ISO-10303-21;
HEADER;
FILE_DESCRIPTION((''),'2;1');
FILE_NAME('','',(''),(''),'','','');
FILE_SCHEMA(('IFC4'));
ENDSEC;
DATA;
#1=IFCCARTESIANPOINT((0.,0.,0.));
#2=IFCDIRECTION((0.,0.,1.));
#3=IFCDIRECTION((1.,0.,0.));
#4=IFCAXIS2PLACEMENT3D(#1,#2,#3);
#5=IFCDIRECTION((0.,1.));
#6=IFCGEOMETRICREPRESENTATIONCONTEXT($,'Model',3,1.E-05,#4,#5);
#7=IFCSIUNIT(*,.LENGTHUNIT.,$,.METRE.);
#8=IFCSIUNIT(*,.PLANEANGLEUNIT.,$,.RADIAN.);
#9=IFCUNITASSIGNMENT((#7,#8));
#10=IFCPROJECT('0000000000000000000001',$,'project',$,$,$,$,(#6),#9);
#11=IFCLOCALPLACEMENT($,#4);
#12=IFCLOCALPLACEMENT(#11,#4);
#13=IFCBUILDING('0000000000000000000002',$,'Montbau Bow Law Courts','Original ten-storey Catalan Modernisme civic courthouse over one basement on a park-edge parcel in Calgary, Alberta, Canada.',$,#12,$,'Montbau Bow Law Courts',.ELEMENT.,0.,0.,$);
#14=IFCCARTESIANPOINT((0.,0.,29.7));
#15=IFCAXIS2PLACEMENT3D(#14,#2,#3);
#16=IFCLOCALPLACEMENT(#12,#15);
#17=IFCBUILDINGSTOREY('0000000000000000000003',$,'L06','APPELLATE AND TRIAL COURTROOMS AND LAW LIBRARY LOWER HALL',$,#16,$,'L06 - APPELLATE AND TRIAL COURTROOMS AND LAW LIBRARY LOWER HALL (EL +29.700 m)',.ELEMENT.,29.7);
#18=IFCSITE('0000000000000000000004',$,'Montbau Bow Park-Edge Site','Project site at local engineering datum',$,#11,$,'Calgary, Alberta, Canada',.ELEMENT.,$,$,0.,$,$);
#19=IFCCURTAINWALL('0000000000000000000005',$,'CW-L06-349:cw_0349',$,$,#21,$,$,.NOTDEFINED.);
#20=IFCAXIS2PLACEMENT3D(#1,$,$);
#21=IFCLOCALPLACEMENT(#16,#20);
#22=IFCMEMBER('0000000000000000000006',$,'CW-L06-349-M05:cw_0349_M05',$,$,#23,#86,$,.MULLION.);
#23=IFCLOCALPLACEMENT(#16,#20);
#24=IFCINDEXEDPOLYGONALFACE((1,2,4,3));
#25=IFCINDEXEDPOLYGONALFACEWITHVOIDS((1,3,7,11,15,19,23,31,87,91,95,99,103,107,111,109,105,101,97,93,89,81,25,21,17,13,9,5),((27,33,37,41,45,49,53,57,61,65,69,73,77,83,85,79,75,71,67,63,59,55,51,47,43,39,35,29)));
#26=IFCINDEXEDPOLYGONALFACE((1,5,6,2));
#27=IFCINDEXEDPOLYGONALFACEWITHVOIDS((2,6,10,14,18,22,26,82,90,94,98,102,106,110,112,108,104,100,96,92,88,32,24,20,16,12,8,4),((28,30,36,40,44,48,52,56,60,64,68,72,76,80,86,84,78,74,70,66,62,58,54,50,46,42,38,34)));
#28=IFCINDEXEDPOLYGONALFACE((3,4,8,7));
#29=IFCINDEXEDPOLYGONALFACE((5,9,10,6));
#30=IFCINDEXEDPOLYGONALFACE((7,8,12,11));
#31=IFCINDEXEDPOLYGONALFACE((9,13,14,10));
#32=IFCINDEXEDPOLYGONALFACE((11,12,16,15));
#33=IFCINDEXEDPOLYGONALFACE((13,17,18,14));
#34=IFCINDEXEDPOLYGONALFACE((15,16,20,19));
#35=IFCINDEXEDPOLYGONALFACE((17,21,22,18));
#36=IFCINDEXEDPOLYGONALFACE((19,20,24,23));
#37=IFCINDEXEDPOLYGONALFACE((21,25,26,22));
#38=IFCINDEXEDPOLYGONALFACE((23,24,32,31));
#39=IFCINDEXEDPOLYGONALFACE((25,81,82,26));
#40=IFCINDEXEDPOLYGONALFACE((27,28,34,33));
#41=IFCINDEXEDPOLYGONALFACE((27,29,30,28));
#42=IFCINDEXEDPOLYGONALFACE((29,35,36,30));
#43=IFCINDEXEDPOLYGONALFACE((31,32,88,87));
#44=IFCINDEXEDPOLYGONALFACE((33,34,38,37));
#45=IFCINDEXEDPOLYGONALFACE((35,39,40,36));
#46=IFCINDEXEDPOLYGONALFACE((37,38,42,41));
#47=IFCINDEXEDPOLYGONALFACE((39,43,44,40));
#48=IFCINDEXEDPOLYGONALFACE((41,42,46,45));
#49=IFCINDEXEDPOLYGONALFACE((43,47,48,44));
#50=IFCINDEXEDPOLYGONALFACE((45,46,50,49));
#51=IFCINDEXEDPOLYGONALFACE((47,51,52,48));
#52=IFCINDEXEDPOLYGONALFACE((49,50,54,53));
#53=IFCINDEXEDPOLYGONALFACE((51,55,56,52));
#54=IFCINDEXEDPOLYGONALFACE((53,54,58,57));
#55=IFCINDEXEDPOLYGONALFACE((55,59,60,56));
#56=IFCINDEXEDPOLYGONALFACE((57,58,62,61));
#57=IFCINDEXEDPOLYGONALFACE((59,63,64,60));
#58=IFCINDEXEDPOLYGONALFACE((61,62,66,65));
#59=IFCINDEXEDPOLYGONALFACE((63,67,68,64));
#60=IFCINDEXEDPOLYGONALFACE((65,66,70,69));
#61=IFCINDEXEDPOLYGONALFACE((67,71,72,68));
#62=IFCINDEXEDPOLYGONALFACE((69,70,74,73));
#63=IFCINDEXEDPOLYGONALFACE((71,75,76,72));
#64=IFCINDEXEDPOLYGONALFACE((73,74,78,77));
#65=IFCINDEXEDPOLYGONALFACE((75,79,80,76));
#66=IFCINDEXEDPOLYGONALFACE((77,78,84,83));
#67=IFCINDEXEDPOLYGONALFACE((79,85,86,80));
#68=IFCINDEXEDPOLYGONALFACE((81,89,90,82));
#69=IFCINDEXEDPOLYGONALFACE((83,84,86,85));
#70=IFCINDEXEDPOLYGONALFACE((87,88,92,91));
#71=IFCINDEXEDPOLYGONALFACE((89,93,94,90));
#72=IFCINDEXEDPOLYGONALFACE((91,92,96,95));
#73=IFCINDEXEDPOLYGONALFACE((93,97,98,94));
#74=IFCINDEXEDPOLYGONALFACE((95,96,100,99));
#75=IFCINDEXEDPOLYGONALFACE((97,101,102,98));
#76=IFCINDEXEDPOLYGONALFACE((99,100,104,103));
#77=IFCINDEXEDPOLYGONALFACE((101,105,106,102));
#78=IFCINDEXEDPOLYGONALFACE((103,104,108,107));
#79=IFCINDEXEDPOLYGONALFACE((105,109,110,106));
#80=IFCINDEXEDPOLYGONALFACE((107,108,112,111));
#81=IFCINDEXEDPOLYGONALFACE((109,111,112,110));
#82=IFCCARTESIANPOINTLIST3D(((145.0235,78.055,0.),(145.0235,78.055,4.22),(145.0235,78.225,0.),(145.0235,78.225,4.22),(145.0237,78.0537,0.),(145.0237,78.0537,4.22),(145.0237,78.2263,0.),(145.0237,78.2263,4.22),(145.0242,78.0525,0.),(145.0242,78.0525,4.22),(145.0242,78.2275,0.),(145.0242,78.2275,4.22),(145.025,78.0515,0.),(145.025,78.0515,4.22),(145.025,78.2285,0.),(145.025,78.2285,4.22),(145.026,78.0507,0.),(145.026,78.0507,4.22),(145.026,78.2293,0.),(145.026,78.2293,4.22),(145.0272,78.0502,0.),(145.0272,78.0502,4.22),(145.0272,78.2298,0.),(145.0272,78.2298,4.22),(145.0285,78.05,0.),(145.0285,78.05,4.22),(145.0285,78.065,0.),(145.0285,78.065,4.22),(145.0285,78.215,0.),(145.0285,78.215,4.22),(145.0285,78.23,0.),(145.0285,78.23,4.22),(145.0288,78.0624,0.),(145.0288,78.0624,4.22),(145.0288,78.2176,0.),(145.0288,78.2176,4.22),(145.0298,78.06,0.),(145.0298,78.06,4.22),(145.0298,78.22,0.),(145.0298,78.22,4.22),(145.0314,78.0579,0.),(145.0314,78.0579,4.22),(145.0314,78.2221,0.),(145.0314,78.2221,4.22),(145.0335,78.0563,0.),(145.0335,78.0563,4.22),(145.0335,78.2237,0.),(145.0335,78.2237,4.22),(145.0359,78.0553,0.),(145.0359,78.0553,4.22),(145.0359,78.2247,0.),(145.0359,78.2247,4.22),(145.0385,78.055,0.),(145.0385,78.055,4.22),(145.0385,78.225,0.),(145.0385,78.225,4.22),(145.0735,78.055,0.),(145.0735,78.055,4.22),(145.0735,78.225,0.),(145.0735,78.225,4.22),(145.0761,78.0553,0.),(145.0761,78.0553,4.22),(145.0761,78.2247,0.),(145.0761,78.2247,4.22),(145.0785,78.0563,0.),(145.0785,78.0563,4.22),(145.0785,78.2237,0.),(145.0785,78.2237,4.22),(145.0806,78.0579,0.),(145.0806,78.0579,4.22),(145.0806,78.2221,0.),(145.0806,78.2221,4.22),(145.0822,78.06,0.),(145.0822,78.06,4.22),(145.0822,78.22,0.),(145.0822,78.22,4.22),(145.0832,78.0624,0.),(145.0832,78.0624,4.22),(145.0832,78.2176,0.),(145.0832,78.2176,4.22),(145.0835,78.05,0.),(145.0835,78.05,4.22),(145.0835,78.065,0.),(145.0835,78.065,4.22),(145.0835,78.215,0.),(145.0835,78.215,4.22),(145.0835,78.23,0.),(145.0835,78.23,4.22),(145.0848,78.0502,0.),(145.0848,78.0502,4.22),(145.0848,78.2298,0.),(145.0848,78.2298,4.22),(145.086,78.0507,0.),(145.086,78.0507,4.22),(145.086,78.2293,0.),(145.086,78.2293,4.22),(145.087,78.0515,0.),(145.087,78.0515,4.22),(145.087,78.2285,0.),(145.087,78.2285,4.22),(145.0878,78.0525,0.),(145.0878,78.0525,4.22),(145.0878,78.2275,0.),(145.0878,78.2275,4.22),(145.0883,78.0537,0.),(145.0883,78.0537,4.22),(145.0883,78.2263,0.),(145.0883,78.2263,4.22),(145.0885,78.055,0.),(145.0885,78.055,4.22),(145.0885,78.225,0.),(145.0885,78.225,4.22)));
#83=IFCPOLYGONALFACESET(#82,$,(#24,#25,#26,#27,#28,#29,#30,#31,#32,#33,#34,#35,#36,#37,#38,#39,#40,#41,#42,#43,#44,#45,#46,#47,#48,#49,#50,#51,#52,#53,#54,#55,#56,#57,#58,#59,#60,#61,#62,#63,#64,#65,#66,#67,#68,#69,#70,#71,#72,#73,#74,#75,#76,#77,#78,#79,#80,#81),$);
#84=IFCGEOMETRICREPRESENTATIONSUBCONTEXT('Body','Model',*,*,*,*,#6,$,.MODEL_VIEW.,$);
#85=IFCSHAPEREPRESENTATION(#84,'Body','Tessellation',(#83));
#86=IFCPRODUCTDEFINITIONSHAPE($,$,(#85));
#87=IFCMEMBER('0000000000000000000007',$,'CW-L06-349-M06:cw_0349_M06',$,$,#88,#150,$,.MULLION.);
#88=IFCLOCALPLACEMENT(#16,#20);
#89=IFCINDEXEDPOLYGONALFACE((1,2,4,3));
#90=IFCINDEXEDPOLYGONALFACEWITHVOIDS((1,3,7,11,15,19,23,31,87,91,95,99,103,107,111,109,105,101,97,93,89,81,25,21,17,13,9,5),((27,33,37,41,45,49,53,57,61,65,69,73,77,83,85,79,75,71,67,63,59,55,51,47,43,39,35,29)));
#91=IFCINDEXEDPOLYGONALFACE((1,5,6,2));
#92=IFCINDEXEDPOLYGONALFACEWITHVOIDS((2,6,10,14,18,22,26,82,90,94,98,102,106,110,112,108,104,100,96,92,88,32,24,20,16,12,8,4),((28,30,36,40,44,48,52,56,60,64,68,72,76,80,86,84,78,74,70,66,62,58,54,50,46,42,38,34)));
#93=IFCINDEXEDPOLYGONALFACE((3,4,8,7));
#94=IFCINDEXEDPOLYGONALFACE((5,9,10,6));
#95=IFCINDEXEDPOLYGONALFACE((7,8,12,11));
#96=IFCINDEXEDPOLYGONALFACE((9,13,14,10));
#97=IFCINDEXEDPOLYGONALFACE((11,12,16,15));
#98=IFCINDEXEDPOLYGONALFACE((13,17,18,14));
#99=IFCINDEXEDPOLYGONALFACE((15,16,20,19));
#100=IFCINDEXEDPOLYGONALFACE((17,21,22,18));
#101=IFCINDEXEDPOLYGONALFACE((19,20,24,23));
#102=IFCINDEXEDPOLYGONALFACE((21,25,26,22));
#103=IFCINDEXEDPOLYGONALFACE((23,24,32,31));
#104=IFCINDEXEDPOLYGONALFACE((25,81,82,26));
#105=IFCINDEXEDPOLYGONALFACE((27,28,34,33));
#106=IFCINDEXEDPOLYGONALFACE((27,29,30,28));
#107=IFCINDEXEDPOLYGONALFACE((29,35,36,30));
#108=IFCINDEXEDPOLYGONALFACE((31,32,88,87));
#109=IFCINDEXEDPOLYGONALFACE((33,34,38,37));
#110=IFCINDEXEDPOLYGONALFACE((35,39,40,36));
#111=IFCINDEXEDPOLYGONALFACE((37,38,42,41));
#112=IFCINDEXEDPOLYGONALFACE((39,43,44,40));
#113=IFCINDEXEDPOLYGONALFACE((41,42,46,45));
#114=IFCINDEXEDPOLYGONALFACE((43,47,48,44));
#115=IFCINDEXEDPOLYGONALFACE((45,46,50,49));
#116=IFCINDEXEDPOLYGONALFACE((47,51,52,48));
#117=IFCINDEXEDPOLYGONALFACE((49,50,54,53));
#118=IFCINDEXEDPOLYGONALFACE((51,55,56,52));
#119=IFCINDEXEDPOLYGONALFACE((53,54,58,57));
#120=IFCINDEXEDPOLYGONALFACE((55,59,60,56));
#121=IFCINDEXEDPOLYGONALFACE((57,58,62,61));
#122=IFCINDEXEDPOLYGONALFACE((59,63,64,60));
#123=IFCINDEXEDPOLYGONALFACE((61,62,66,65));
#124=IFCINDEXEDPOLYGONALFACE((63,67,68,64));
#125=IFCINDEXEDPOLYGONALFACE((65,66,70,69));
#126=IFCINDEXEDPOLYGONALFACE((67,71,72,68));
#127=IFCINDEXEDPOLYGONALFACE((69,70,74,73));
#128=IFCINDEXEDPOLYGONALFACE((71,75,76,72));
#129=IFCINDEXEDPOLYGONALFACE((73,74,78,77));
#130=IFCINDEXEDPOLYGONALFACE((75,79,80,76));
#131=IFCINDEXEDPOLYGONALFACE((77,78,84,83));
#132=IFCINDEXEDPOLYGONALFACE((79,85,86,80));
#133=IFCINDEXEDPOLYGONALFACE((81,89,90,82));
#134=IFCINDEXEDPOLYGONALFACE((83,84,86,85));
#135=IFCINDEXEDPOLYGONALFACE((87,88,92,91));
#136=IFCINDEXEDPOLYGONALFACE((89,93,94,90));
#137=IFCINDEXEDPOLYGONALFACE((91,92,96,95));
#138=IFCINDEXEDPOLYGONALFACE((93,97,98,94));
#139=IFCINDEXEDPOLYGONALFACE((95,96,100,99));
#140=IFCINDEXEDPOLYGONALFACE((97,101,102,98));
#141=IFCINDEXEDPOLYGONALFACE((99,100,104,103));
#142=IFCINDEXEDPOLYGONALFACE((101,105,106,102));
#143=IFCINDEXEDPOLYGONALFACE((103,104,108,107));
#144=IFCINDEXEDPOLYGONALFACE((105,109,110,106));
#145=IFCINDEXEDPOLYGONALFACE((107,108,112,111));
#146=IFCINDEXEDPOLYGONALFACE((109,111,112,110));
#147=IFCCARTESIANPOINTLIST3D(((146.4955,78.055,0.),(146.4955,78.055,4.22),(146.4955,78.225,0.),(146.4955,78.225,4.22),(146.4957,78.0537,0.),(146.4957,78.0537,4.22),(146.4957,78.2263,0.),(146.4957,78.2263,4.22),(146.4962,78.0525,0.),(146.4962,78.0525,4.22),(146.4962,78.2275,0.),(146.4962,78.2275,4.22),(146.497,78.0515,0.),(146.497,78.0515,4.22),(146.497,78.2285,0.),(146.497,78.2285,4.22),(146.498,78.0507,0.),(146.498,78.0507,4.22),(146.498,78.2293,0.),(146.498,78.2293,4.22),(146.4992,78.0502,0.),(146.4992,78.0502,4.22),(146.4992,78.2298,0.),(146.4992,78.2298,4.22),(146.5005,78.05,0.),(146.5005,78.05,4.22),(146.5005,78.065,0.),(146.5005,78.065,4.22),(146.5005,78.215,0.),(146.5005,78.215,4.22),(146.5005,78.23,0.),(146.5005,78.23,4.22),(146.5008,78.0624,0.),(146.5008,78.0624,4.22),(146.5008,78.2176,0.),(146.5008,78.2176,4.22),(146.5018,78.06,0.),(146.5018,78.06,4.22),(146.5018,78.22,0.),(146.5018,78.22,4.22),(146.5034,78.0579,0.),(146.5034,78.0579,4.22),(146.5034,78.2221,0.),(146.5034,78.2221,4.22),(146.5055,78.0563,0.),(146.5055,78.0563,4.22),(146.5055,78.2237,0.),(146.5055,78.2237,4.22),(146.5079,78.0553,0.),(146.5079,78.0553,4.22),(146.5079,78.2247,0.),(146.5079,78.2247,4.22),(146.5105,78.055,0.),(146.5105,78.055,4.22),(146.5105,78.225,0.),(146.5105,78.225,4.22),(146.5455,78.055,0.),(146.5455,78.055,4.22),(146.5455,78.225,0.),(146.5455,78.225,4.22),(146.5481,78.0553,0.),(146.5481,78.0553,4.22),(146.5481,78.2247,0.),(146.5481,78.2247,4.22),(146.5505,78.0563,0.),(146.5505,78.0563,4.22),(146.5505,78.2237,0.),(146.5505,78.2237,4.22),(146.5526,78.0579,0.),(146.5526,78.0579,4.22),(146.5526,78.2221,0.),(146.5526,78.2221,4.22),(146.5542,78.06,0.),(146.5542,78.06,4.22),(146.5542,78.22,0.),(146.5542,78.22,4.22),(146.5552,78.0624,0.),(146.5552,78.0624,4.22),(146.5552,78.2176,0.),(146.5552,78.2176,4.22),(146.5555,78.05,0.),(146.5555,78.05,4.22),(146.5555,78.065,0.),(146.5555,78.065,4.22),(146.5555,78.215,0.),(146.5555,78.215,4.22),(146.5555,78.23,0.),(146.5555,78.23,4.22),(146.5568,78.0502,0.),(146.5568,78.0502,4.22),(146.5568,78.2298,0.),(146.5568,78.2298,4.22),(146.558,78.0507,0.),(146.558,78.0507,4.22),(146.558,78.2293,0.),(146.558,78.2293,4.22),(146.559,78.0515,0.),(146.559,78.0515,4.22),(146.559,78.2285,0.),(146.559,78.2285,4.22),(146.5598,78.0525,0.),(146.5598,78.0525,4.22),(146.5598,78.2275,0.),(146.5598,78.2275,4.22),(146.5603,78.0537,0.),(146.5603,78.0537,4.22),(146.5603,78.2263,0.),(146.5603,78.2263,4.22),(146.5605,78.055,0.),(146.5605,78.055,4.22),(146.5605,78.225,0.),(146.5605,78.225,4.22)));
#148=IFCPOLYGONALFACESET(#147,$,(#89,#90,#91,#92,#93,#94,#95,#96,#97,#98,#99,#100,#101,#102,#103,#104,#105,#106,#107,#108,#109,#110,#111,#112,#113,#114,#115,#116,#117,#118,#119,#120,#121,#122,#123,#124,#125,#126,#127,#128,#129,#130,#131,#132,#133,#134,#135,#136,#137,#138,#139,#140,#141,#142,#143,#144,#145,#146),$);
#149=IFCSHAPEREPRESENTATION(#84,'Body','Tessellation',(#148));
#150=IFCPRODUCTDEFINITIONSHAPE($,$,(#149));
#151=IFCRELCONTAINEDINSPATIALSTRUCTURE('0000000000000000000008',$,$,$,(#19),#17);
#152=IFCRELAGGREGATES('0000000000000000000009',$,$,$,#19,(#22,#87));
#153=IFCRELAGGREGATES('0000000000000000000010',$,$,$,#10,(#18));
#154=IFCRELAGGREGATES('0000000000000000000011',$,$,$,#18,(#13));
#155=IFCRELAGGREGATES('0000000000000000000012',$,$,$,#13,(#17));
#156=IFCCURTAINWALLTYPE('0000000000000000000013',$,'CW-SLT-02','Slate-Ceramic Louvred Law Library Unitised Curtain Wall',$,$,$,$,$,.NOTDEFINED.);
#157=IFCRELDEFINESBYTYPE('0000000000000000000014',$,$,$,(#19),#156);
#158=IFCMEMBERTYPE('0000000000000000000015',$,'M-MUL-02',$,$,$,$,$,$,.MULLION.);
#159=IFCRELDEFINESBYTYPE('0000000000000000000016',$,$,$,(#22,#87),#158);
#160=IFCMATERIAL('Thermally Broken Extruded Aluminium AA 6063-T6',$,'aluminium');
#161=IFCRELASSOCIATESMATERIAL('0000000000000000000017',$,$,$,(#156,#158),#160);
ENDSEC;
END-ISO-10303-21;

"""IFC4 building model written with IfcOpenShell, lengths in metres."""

from ifc_helpers import new_model, si_unit, direction, frame, origin_with_axes, origin_2d_with_axis, place, context, subcontext, project, spatial, hollow_rectangle, extrude, material, material_profile, profile_set, type_object, element, aggregate, save


model = new_model("IFC4")

# Units and contexts
model_context = context("Model", 3, precision=1e-05, world=origin_with_axes(), true_north=direction((0.0, 1.0)))
body_context = subcontext(model_context, "Body", "Model", "MODEL_VIEW")
ifc_project = project(units=[si_unit("LENGTHUNIT", "METRE"), si_unit("PLANEANGLEUNIT", "RADIAN")], contexts=[model_context])

# Site, building, storey
site_placement = place(None, origin_with_axes())
site = spatial("IfcSite", under=ifc_project, at=site_placement, Name="Montbau Bow Park-Edge Site", Description="Project site at local engineering datum", LongName="Calgary, Alberta, Canada", CompositionType="ELEMENT", RefElevation=0.0)
building_placement = place(site_placement, origin_with_axes())
building = spatial("IfcBuilding", under=site, at=building_placement, Name="Montbau Bow Law Courts", Description="Original ten-storey Catalan Modernisme civic courthouse over one basement on a park-edge parcel in Calgary, Alberta, Canada.", LongName="Montbau Bow Law Courts", CompositionType="ELEMENT", ElevationOfRefHeight=0.0, ElevationOfTerrain=0.0)
storey_placement = place(building_placement, frame((0.0, 0.0, 29.7), z_axis=(0.0, 0.0, 1.0), x_axis=(1.0, 0.0, 0.0)))
storey = spatial("IfcBuildingStorey", under=building, at=storey_placement, Name="L06", Description="APPELLATE AND TRIAL COURTROOMS AND LAW LIBRARY LOWER HALL", LongName="L06 - APPELLATE AND TRIAL COURTROOMS AND LAW LIBRARY LOWER HALL (EL +29.700 m)", CompositionType="ELEMENT", Elevation=29.7)

# Curtain wall, members
ifc_material_1 = material(Name="Thermally Broken Extruded Aluminium AA 6063-T6", Category="aluminium")
curtain_wall_type = type_object("IfcCurtainWallType", Name="CW-SLT-02", Description="Slate-Ceramic Louvred Law Library Unitised Curtain Wall", PredefinedType="NOTDEFINED", material=ifc_material_1)
curtain_wall_1_placement = place(None, frame((139.04, 78.14, 29.7), z_axis=(0.0, 0.0, 1.0), x_axis=(1.0, 0.0, 0.0)))
curtain_wall_1 = element("IfcCurtainWall", 1, at=curtain_wall_1_placement, inside=storey, type_object=curtain_wall_type, Name="CW-L06-349:cw_0349", PredefinedType="NOTDEFINED")
ifc_material_profile_1 = material_profile(ifc_material_1, hollow_rectangle(XDim=0.065, YDim=0.18, WallThickness=0.005, InnerFilletRadius=0.01, OuterFilletRadius=0.005, at=origin_2d_with_axis()), Name="CWM-180X65", Category="Main", Priority=0)
ifc_profile_set_1 = profile_set([ifc_material_profile_1], Name="Thermally Broken Extruded Aluminium AA 6063-T6")
member_type_1 = type_object("IfcMemberType", Name="M-MUL-02", PredefinedType="MULLION", material=ifc_profile_set_1)
member_1_placement = place(None, frame((145.056, 78.14, 29.7), z_axis=(0.0, 0.0, 1.0), x_axis=(1.0, 0.0, 0.0)))
member_1 = element("IfcMember", 2, at=member_1_placement, type_object=member_type_1, Name="CW-L06-349-M05:cw_0349_M05", PredefinedType="MULLION", context=body_context, shape_type="SweptSolid", body=[
    extrude(hollow_rectangle(XDim=0.065, YDim=0.18, WallThickness=0.005, InnerFilletRadius=0.01, OuterFilletRadius=0.005, at=origin_2d_with_axis()), origin_with_axes(), (0.0, 0.0, 1.0), 4.22),
])
member_2_placement = place(None, frame((146.528, 78.14, 29.7), z_axis=(0.0, 0.0, 1.0), x_axis=(1.0, 0.0, 0.0)))
member_2 = element("IfcMember", 3, at=member_2_placement, type_object=member_type_1, Name="CW-L06-349-M06:cw_0349_M06", PredefinedType="MULLION", context=body_context, shape_type="SweptSolid", body=[
    extrude(hollow_rectangle(XDim=0.065, YDim=0.18, WallThickness=0.005, InnerFilletRadius=0.01, OuterFilletRadius=0.005, at=origin_2d_with_axis()), origin_with_axes(), (0.0, 0.0, 1.0), 4.22),
])

aggregate(curtain_wall_1, [member_1, member_2])

save(model, "model.ifc")
